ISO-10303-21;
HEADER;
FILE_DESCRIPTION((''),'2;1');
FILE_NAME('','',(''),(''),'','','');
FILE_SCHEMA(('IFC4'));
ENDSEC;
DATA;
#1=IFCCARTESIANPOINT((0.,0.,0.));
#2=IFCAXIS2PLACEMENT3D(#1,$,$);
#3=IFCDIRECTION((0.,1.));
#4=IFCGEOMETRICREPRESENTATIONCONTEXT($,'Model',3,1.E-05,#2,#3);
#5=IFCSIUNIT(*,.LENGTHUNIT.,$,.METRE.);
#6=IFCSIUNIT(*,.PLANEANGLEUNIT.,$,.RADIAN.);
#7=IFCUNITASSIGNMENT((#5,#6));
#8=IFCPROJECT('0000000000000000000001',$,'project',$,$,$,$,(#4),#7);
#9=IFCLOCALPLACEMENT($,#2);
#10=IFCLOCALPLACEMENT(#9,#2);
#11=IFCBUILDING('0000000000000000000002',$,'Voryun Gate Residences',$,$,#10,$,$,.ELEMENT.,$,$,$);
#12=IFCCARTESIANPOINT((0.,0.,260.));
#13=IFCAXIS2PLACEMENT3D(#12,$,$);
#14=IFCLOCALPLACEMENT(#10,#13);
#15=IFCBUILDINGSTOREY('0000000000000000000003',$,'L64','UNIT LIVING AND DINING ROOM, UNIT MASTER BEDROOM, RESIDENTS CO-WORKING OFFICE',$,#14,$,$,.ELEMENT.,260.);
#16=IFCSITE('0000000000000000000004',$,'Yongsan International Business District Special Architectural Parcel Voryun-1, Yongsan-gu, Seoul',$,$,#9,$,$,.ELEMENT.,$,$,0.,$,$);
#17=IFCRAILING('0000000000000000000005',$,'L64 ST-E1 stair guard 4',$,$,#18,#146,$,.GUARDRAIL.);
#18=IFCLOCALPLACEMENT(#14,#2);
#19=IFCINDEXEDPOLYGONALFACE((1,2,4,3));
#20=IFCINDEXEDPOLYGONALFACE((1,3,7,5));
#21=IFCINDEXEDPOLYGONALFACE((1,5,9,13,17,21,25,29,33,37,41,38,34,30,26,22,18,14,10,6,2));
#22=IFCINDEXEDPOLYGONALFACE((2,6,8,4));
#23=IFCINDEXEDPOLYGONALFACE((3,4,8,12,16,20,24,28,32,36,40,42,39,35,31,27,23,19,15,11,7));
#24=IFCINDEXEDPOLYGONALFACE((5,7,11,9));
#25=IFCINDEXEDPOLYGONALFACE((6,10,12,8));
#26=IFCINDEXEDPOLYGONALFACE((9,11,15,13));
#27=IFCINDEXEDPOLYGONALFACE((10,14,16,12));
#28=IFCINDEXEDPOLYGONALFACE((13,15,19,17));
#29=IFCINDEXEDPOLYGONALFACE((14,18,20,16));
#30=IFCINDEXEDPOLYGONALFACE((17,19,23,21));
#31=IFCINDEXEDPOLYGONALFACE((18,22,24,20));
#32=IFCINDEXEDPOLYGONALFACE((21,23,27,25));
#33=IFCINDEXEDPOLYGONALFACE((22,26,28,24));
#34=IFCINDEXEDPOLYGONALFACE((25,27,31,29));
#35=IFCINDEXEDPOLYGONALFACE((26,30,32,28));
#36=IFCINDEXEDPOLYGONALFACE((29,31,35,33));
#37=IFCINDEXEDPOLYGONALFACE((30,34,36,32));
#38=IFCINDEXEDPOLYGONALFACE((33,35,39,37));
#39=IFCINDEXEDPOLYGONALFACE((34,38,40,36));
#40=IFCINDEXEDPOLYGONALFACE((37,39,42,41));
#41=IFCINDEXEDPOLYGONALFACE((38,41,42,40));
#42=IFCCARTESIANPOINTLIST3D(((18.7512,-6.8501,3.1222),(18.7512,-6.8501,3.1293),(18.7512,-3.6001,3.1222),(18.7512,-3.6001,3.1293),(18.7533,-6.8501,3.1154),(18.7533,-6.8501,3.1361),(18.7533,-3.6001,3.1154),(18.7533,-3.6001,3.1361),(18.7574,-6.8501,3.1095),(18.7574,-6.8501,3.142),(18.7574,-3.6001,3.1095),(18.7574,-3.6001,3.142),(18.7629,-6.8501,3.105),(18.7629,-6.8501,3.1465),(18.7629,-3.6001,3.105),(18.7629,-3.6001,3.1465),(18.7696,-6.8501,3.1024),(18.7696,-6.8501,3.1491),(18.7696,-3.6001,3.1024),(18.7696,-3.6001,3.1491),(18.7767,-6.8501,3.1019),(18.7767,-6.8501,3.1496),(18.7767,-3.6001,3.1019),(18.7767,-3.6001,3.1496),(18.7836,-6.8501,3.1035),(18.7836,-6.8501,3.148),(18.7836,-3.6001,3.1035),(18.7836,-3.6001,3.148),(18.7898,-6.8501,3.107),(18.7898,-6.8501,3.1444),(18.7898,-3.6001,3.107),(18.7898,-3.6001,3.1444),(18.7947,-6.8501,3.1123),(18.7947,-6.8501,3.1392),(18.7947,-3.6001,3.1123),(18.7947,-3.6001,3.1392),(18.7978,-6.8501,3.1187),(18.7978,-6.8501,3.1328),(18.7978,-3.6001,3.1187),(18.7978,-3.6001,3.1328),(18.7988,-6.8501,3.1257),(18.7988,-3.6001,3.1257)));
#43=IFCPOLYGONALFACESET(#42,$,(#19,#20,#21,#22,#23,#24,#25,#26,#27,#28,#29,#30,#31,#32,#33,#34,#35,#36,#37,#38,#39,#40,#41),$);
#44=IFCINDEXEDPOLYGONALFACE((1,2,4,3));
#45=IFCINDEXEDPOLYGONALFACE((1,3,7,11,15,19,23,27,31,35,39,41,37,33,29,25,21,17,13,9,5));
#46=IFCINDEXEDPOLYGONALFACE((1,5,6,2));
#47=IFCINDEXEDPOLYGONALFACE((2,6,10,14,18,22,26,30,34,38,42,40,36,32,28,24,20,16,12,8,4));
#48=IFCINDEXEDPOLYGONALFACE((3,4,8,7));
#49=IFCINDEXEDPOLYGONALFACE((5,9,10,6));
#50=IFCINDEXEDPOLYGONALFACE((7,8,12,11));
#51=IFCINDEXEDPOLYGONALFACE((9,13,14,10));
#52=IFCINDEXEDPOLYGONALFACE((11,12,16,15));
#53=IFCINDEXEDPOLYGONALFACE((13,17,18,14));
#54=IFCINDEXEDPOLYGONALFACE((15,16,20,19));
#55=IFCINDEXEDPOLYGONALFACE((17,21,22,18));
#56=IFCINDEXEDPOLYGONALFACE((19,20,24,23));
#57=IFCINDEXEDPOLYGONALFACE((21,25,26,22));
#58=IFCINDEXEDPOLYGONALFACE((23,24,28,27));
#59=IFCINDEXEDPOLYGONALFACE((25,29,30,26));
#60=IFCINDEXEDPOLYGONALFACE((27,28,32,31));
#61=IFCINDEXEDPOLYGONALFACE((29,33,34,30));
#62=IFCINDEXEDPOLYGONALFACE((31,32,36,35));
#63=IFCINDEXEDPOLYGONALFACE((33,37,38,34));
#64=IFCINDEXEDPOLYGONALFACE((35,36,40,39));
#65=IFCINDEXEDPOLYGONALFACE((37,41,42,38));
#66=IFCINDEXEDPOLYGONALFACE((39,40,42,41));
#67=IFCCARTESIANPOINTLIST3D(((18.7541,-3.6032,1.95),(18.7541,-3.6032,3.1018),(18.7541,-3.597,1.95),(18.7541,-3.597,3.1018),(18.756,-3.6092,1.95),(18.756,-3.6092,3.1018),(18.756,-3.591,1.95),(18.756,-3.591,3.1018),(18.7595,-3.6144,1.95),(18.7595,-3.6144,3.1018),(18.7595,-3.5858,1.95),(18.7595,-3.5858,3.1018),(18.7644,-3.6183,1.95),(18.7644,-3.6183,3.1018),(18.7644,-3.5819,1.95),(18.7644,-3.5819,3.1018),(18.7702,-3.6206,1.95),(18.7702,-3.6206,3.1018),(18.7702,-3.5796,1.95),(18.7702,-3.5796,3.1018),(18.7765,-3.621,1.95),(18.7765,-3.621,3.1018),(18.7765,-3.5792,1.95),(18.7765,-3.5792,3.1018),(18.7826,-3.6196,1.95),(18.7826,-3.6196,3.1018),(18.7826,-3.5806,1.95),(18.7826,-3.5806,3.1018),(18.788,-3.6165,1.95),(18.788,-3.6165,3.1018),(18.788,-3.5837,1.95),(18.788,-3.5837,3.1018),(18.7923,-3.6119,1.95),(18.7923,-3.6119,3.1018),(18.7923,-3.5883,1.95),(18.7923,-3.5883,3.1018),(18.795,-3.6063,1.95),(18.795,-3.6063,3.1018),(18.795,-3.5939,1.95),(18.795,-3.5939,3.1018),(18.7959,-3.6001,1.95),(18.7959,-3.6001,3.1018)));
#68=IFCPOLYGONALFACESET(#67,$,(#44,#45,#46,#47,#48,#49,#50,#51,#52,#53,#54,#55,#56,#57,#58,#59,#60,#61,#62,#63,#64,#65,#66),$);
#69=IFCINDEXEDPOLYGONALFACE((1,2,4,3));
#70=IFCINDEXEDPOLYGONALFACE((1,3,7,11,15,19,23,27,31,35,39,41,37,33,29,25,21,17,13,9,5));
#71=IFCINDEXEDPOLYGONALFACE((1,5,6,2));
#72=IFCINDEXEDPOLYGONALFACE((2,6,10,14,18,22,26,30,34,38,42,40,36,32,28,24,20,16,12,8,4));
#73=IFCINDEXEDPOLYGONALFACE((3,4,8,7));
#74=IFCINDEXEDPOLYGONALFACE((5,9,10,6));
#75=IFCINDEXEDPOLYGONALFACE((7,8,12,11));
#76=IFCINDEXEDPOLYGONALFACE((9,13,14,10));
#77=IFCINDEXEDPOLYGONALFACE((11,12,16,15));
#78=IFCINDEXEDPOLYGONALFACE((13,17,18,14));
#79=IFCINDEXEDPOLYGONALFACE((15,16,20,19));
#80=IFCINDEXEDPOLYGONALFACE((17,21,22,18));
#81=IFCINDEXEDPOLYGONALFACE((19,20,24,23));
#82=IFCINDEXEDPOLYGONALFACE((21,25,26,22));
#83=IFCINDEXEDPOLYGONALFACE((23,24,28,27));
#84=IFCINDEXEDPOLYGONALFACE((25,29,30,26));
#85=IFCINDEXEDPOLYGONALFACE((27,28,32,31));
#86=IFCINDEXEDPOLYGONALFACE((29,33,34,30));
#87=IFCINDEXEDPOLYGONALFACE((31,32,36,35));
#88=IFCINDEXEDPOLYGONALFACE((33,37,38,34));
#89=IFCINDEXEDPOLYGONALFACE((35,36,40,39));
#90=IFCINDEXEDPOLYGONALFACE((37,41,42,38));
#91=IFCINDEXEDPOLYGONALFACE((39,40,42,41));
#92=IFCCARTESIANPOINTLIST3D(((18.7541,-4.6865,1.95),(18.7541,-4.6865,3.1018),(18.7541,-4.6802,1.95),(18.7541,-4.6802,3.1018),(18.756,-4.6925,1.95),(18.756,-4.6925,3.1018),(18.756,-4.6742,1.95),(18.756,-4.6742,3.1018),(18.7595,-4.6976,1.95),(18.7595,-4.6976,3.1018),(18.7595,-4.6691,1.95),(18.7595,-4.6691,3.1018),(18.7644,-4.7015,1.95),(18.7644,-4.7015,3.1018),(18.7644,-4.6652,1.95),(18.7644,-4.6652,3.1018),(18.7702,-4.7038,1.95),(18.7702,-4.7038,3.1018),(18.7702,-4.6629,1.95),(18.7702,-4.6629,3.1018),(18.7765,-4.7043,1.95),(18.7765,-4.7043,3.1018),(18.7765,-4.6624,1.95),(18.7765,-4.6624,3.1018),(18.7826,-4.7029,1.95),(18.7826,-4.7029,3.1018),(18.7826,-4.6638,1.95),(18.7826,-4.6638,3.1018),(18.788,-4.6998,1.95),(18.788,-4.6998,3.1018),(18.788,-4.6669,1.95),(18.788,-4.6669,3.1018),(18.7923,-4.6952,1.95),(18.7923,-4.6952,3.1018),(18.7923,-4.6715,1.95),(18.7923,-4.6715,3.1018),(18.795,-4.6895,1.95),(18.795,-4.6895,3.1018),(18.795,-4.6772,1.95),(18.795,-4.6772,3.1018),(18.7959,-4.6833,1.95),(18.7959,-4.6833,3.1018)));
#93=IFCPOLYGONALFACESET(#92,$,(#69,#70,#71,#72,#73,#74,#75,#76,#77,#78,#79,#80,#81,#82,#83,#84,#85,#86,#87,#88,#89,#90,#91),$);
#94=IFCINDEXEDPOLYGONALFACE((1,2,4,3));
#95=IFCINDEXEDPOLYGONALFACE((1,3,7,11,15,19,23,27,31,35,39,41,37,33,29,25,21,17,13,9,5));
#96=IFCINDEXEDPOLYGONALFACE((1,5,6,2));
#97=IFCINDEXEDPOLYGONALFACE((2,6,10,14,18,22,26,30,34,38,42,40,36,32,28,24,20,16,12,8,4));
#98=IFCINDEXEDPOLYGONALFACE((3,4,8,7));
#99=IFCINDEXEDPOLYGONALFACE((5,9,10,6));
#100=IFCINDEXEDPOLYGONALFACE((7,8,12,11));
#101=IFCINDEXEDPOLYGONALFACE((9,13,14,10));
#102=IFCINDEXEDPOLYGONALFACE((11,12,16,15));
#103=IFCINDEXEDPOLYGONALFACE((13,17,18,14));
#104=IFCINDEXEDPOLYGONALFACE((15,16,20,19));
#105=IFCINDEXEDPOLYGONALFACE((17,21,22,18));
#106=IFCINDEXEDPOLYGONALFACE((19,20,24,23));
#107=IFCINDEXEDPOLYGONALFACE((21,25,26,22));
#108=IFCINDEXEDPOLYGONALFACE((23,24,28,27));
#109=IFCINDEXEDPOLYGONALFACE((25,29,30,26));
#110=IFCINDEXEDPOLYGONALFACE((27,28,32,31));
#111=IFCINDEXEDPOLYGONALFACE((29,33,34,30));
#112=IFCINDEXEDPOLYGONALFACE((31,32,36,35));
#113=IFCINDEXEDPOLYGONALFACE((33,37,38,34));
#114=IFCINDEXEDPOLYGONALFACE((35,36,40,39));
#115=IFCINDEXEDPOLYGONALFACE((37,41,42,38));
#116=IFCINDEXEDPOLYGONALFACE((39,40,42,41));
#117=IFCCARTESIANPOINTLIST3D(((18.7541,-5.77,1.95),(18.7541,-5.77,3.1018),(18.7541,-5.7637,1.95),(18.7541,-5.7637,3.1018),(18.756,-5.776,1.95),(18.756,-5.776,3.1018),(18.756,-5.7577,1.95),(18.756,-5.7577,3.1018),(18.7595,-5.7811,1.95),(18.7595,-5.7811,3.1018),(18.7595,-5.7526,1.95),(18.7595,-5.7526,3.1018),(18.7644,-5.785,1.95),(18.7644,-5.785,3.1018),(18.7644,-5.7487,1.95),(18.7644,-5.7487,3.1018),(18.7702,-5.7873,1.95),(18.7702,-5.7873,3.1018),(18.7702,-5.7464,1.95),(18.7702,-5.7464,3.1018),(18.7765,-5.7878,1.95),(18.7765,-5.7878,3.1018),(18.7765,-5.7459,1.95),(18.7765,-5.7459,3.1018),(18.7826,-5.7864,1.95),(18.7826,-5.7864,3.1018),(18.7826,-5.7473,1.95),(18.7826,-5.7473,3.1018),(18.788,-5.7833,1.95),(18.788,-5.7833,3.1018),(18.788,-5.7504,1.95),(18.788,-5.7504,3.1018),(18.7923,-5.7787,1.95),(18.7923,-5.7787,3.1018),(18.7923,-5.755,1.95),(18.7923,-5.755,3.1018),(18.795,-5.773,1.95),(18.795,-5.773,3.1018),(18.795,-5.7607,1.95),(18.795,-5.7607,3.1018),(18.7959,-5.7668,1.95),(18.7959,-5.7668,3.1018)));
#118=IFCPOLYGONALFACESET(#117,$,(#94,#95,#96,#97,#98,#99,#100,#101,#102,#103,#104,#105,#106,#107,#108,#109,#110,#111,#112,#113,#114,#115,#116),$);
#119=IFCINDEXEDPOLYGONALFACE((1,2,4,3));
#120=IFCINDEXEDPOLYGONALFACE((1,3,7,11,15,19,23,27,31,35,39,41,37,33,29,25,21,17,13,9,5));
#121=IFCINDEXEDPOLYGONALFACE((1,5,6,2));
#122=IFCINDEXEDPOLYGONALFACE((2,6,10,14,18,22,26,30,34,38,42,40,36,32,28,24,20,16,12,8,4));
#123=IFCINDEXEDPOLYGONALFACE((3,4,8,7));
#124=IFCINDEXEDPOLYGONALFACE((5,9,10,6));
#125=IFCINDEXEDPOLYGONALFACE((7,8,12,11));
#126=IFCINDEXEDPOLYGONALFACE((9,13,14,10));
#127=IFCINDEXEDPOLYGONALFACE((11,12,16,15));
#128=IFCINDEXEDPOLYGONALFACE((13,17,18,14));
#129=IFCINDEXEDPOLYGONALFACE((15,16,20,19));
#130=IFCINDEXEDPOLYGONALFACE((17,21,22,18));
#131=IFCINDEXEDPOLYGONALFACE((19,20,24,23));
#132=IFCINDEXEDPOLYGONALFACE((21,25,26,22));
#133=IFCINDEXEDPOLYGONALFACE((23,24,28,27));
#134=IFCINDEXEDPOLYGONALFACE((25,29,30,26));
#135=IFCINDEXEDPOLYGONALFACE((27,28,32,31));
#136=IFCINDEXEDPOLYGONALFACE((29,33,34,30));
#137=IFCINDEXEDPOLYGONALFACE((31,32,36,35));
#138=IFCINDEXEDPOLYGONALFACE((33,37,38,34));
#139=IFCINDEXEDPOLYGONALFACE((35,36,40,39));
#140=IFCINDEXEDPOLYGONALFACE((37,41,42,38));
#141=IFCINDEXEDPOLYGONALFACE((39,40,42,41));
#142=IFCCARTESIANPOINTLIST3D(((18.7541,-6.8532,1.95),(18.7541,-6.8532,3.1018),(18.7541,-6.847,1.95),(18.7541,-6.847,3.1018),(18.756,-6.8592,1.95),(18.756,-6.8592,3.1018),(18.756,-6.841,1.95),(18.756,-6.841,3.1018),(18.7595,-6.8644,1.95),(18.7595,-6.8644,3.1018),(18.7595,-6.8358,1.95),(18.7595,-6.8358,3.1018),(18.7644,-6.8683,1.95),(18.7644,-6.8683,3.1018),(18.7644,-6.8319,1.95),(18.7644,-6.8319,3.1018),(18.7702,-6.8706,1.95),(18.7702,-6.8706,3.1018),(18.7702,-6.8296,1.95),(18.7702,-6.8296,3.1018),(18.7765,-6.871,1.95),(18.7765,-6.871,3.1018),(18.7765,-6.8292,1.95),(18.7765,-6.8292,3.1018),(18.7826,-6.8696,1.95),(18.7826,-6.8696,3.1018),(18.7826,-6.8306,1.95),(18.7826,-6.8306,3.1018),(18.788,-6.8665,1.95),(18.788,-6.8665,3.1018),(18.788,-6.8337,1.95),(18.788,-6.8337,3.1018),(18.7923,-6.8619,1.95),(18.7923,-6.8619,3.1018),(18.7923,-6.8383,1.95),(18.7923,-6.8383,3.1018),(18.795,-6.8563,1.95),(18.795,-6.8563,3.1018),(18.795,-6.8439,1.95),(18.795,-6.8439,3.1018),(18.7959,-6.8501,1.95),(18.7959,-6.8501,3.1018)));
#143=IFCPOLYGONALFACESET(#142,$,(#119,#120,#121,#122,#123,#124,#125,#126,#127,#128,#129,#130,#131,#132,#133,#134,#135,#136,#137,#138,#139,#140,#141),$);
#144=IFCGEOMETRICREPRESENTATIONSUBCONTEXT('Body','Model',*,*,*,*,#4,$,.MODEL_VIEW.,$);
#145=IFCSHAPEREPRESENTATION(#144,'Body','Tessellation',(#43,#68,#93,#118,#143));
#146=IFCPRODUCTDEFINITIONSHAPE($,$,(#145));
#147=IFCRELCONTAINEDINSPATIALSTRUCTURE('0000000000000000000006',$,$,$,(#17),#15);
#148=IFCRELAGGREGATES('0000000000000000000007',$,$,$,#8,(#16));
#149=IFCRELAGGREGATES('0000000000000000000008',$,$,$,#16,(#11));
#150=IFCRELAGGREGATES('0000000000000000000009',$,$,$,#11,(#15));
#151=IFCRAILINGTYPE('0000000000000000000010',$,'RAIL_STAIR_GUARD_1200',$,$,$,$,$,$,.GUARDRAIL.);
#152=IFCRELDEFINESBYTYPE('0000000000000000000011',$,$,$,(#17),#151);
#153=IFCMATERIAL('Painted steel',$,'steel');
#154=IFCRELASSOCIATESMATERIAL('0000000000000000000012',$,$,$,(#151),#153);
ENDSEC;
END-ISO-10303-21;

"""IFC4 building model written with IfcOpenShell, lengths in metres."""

from ifc_helpers import new_model, si_unit, direction, frame, origin, origin_2d, place, context, subcontext, project, spatial, circle, extrude, material, type_object, element, save


model = new_model("IFC4")

# Units and contexts
model_context = context("Model", 3, precision=1e-05, world=origin(), true_north=direction((0.0, 1.0)))
body_context = subcontext(model_context, "Body", "Model", "MODEL_VIEW")
ifc_project = project(units=[si_unit("LENGTHUNIT", "METRE"), si_unit("PLANEANGLEUNIT", "RADIAN")], contexts=[model_context])

# Site, building, storey
site_placement = place(None, origin())
site = spatial("IfcSite", under=ifc_project, at=site_placement, Name="Yongsan International Business District Special Architectural Parcel Voryun-1, Yongsan-gu, Seoul", CompositionType="ELEMENT", RefElevation=0.0)
building_placement = place(site_placement, origin())
building = spatial("IfcBuilding", under=site, at=building_placement, Name="Voryun Gate Residences", CompositionType="ELEMENT")
storey_placement = place(building_placement, frame((0.0, 0.0, 260.0)))
storey = spatial("IfcBuildingStorey", under=building, at=storey_placement, Name="L64", Description="UNIT LIVING AND DINING ROOM, UNIT MASTER BEDROOM, RESIDENTS CO-WORKING OFFICE", CompositionType="ELEMENT", Elevation=260.0)

# Railing
ifc_material_1 = material(Name="Painted steel", Category="steel")
railing_type_1 = type_object("IfcRailingType", Name="RAIL_STAIR_GUARD_1200", PredefinedType="GUARDRAIL", material=ifc_material_1)
for number, where, name in (
    (1, (18.7749, -3.6001, 1.95), "L64 ST-E1 stair guard 4"),
):
    element("IfcRailing", number, at=place(storey_placement, frame(where)), inside=storey, type_object=railing_type_1, Name=name, PredefinedType="GUARDRAIL", context=body_context, shape_type="SweptSolid", body=[
        extrude(circle(Radius=0.0239, at=origin_2d()), frame((0.0, 0.0, 1.1758), z_axis=(0.0, -1.0, 0.0), x_axis=(1.0, 0.0, 0.0)), (0.0, 0.0, 1.0), 3.25),
        extrude(circle(Radius=0.021, at=origin_2d()), origin(), (0.0, 0.0, 1.0), 1.1519),
        extrude(circle(Radius=0.021, at=origin_2d()), frame((0.0, -1.0833, 0.0)), (0.0, 0.0, 1.0), 1.1519),
        extrude(circle(Radius=0.021, at=origin_2d()), frame((0.0, -2.1667, 0.0)), (0.0, 0.0, 1.0), 1.1519),
        extrude(circle(Radius=0.021, at=origin_2d()), frame((0.0, -3.25, 0.0)), (0.0, 0.0, 1.0), 1.1519),
    ])

save(model, "model.ifc")
